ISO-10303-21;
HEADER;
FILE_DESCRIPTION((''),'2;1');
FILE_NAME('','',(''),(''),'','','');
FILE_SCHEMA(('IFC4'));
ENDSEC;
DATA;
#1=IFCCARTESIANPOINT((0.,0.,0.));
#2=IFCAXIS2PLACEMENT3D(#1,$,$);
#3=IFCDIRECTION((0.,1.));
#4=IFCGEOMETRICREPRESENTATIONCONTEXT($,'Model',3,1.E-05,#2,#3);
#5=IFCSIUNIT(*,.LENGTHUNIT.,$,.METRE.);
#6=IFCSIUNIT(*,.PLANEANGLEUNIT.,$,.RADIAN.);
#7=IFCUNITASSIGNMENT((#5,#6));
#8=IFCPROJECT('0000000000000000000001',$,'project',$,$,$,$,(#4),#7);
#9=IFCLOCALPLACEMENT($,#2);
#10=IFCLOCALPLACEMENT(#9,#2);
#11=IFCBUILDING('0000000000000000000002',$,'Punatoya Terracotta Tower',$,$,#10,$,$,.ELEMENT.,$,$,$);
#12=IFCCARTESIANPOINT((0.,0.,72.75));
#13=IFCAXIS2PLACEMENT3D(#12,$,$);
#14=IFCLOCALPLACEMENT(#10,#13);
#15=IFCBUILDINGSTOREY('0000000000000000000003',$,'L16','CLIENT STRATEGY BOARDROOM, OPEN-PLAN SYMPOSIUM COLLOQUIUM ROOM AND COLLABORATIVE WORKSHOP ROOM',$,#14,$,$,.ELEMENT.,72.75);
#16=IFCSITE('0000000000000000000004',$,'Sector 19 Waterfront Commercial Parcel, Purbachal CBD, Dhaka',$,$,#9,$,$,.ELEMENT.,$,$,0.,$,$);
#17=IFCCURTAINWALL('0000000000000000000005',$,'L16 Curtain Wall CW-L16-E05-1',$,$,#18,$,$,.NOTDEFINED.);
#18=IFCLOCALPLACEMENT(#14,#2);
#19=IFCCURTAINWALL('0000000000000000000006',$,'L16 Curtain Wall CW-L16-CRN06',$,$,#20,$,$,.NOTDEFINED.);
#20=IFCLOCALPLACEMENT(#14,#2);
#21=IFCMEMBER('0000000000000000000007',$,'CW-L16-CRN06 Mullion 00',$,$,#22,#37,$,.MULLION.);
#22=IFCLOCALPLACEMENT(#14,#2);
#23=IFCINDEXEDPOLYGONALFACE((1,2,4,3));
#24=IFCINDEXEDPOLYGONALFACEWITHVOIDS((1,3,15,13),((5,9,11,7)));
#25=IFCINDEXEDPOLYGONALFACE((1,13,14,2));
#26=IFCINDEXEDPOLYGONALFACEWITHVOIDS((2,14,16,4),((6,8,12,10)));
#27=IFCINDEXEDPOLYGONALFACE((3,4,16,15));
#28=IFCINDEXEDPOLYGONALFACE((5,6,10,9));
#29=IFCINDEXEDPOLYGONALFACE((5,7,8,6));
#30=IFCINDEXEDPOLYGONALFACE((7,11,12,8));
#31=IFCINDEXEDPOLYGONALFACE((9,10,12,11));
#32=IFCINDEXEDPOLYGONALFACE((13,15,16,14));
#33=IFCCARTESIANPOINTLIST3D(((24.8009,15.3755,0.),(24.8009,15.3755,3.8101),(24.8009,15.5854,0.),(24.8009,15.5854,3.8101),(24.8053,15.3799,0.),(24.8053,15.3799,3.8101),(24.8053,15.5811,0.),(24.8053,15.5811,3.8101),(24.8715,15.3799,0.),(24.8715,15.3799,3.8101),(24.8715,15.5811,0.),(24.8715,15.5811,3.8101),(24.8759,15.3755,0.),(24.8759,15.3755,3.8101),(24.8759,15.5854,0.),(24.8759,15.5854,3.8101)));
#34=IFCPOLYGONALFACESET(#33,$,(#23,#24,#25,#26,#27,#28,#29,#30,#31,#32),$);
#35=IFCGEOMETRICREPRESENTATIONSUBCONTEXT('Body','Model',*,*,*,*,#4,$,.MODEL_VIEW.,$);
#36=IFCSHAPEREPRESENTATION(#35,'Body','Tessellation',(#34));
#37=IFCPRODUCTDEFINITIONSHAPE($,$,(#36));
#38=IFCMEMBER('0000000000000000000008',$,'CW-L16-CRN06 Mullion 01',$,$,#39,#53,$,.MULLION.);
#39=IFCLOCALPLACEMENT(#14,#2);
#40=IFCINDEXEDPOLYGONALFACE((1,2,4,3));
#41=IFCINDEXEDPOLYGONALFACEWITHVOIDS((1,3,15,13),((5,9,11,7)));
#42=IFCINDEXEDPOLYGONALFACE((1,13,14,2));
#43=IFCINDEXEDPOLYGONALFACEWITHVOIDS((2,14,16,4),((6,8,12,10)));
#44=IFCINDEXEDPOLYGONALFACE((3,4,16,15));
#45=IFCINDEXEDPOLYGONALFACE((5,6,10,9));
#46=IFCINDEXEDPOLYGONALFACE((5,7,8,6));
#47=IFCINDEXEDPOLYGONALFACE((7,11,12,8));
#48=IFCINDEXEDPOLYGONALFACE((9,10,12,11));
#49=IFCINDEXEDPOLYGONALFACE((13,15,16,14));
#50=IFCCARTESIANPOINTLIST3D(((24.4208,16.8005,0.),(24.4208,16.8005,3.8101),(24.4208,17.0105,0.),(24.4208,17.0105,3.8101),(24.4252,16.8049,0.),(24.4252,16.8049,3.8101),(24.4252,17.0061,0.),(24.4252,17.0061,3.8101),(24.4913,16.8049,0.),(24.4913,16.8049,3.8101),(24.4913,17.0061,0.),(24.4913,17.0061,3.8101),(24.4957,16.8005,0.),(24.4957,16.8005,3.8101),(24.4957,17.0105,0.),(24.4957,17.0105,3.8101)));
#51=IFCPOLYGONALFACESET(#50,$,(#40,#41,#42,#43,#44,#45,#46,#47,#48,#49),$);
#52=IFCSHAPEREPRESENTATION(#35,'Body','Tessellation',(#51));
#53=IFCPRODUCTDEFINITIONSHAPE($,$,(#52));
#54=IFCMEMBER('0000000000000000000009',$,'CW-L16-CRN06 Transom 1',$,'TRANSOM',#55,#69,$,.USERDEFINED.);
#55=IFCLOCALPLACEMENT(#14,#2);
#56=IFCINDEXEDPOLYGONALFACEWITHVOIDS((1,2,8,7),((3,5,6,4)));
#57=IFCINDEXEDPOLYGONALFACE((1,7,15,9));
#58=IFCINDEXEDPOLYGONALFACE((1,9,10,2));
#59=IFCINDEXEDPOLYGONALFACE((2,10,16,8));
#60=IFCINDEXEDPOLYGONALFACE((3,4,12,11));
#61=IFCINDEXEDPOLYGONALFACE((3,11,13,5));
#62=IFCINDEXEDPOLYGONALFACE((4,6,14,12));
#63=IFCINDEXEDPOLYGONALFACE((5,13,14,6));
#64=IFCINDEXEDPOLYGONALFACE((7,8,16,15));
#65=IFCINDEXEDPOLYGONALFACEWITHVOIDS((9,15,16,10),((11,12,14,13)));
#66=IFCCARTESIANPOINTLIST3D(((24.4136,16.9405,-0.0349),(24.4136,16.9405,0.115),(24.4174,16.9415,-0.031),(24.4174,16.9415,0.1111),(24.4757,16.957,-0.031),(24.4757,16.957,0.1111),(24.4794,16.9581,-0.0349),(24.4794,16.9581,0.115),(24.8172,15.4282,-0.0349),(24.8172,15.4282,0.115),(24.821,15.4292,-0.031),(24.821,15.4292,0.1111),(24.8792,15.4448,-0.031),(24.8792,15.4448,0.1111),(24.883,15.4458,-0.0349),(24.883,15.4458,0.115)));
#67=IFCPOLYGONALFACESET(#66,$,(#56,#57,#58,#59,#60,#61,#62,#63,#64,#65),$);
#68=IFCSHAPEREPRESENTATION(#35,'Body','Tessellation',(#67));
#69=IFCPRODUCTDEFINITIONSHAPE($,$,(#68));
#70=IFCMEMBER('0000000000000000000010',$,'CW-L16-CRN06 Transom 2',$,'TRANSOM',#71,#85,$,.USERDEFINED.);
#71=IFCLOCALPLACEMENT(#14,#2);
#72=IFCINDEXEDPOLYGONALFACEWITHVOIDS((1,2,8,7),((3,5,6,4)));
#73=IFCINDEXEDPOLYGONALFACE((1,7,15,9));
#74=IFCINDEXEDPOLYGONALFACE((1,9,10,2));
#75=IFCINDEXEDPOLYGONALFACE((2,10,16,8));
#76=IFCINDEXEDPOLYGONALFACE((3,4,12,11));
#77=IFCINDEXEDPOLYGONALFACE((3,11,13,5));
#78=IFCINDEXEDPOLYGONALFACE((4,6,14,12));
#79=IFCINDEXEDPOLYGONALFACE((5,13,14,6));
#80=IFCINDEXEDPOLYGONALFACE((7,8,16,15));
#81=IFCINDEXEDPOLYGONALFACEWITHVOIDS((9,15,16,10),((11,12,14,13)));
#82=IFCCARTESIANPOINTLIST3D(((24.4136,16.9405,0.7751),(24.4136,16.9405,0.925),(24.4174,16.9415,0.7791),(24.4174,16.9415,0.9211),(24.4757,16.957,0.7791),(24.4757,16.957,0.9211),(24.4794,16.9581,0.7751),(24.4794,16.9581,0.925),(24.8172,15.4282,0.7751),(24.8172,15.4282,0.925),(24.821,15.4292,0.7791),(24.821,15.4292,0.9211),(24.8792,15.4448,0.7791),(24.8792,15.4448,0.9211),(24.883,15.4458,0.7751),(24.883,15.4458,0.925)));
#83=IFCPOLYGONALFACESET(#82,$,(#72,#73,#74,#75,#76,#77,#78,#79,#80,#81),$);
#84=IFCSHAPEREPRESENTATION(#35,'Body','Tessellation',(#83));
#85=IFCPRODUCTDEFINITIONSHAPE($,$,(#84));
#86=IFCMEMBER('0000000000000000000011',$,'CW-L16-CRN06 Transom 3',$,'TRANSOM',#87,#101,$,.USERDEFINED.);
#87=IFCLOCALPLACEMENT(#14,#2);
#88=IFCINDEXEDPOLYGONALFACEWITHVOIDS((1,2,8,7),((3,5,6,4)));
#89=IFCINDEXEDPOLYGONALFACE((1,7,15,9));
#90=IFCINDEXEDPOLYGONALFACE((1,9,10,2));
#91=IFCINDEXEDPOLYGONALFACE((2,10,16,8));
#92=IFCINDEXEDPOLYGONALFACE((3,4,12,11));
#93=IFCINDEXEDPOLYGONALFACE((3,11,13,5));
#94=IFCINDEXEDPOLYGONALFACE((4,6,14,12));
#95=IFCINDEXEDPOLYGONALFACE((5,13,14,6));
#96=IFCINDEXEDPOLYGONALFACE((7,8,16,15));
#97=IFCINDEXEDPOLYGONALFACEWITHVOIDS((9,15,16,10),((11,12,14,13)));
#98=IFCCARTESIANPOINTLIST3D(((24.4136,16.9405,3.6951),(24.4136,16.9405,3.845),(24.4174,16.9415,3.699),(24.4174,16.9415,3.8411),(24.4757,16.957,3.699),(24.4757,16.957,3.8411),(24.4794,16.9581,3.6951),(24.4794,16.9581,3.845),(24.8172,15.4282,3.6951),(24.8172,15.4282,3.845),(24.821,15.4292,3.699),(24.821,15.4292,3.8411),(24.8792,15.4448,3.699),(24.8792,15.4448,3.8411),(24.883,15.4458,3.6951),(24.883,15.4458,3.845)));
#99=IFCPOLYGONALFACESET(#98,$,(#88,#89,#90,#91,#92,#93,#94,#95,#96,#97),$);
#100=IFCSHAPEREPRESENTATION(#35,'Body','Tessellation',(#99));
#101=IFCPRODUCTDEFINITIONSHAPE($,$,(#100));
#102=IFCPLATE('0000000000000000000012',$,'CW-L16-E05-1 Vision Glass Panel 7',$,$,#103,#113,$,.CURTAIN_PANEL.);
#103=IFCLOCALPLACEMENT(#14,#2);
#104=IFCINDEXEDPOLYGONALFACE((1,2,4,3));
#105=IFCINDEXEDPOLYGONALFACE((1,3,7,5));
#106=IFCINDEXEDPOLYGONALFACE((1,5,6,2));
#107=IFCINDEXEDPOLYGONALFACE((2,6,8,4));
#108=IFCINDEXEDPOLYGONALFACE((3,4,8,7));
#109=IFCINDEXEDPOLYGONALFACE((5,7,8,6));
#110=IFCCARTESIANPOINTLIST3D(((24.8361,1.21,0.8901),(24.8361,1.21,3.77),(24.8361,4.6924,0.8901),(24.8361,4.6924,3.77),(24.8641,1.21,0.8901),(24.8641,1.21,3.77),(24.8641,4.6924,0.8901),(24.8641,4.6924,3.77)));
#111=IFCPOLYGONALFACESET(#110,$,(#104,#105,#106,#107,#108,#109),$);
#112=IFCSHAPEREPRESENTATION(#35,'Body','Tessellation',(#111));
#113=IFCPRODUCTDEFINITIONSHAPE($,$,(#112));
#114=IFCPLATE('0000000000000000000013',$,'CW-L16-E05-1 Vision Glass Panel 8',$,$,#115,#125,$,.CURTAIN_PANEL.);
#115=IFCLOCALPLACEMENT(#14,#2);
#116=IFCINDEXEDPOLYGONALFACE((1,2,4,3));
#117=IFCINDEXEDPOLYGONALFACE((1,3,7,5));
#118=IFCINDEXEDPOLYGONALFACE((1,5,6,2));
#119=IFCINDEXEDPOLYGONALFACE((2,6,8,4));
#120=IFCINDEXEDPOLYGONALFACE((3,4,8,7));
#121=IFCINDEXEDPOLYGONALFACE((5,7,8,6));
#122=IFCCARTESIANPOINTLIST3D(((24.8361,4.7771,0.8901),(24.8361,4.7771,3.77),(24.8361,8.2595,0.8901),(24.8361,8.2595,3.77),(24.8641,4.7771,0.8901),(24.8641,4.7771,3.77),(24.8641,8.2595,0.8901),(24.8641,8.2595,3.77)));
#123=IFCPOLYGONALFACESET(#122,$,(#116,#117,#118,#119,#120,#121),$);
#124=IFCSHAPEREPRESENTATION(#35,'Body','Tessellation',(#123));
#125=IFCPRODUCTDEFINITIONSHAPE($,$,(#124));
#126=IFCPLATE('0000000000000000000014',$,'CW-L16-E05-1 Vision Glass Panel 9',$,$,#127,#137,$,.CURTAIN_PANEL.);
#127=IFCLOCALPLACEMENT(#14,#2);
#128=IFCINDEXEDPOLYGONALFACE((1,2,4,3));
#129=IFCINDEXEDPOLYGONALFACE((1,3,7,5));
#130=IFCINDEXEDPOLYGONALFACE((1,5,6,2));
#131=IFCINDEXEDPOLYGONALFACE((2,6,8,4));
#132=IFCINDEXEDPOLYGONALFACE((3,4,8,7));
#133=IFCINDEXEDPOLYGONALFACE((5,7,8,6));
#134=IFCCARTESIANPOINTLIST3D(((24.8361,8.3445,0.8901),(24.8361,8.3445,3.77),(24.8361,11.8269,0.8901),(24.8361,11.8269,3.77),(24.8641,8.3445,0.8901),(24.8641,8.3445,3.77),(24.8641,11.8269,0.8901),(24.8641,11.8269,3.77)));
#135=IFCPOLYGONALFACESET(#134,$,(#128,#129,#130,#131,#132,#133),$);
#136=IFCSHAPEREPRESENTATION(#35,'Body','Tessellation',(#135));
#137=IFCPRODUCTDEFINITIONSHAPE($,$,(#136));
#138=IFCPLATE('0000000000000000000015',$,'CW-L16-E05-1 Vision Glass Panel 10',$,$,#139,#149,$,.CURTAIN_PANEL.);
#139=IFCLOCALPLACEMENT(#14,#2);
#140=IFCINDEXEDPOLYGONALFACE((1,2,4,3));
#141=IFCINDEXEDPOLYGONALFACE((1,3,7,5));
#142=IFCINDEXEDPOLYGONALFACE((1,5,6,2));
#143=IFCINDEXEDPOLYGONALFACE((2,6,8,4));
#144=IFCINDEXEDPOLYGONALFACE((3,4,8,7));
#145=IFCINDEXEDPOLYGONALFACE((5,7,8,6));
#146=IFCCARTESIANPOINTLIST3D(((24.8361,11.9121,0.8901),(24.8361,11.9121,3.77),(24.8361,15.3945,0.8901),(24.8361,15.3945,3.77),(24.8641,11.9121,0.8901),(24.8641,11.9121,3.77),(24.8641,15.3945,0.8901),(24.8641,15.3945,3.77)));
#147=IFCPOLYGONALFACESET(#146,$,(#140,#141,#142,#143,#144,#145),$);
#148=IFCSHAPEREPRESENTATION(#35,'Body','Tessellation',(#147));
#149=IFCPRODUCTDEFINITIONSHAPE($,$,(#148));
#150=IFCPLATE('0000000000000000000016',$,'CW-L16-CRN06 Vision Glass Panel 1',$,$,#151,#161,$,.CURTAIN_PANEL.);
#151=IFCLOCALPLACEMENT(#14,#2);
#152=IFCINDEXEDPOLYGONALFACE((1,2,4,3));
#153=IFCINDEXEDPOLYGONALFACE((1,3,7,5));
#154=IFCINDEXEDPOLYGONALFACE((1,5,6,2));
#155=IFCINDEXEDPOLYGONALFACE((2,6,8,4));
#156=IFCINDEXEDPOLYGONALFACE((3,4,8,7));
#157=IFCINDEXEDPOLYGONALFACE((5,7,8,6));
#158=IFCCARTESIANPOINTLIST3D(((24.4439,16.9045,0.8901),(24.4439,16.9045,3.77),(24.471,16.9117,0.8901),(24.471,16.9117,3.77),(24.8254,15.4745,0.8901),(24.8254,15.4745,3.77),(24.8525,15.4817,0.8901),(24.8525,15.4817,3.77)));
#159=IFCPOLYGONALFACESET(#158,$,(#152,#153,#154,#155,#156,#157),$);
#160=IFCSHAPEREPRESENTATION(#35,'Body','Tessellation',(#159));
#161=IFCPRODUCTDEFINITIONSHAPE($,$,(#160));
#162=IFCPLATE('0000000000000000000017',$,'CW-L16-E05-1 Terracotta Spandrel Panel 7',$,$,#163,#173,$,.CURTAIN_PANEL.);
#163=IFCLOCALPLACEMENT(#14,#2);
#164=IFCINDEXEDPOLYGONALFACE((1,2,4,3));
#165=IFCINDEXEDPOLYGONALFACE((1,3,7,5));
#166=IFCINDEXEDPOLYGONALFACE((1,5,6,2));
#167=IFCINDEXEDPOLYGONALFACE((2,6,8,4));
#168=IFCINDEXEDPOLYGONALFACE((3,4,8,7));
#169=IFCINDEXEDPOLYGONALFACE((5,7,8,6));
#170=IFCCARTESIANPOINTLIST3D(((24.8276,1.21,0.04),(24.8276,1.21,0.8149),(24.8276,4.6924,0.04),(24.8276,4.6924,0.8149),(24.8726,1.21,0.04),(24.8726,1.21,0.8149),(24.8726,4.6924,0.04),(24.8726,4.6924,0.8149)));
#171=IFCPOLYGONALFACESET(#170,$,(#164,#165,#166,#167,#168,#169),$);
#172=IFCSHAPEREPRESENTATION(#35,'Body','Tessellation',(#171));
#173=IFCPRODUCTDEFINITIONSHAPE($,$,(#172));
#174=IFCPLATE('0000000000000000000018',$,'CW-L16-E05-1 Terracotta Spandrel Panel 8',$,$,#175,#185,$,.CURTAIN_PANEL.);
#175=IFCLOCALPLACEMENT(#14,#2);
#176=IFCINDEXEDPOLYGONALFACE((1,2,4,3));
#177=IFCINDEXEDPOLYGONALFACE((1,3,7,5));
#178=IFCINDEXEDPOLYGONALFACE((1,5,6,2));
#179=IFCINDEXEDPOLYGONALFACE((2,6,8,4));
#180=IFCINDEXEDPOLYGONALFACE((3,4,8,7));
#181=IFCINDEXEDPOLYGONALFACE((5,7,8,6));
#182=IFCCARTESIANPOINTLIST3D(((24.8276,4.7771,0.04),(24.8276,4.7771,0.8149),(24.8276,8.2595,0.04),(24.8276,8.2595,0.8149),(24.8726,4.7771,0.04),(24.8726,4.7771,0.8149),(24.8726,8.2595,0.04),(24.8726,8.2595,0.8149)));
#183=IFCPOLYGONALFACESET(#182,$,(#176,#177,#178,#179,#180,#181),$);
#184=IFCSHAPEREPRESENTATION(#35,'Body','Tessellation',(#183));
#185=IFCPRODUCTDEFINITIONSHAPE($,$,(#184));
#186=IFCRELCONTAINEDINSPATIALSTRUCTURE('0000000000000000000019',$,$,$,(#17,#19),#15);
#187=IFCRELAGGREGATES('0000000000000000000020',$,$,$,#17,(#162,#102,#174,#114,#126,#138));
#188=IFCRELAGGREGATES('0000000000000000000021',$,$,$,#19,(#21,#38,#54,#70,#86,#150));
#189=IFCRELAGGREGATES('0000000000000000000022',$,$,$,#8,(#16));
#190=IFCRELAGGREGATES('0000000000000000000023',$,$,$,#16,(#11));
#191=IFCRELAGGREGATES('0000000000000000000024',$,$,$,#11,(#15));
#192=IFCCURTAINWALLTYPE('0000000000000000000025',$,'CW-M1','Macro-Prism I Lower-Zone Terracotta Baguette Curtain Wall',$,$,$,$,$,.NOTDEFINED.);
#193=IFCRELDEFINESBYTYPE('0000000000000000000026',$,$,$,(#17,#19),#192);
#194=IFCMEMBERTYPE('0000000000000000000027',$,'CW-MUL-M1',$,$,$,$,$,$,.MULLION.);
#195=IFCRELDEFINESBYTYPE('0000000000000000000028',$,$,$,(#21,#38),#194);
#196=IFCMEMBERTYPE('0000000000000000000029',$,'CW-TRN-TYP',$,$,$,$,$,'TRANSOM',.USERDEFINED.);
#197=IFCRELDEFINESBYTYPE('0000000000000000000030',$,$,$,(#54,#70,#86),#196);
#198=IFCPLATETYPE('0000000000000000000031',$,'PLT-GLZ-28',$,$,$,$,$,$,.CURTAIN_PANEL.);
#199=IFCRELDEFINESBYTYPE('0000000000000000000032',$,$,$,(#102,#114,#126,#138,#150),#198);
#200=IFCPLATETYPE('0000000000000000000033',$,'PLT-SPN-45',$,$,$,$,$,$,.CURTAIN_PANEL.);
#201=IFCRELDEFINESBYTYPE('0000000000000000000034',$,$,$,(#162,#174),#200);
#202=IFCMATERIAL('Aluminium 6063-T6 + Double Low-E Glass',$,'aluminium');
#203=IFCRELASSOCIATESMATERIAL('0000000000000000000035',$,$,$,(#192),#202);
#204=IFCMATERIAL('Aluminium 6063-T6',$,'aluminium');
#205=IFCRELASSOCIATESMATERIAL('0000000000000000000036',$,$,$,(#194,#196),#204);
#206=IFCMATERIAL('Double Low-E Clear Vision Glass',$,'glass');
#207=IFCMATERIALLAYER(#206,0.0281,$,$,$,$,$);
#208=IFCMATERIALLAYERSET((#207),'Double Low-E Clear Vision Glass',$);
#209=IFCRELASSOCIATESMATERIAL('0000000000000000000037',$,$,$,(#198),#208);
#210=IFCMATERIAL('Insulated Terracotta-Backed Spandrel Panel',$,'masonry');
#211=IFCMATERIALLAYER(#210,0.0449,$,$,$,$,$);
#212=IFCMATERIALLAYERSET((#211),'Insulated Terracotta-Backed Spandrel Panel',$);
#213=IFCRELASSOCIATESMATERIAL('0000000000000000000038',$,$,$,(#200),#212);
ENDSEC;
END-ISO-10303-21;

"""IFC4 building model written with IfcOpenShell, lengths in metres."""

from ifc_helpers import new_model, si_unit, direction, frame, origin, origin_2d, place, context, subcontext, project, spatial, rectangle, hollow_rectangle, extrude, material, layer, layer_set, material_profile, profile_set, type_object, element, aggregate, save


model = new_model("IFC4")

# Units and contexts
model_context = context("Model", 3, precision=1e-05, world=origin(), true_north=direction((0.0, 1.0)))
body_context = subcontext(model_context, "Body", "Model", "MODEL_VIEW")
ifc_project = project(units=[si_unit("LENGTHUNIT", "METRE"), si_unit("PLANEANGLEUNIT", "RADIAN")], contexts=[model_context])

# Site, building, storey
site_placement = place(None, origin())
site = spatial("IfcSite", under=ifc_project, at=site_placement, Name="Sector 19 Waterfront Commercial Parcel, Purbachal CBD, Dhaka", CompositionType="ELEMENT", RefElevation=0.0)
building_placement = place(site_placement, origin())
building = spatial("IfcBuilding", under=site, at=building_placement, Name="Punatoya Terracotta Tower", CompositionType="ELEMENT")
storey_placement = place(building_placement, frame((0.0, 0.0, 72.75)))
storey = spatial("IfcBuildingStorey", under=building, at=storey_placement, Name="L16", Description="CLIENT STRATEGY BOARDROOM, OPEN-PLAN SYMPOSIUM COLLOQUIUM ROOM AND COLLABORATIVE WORKSHOP ROOM", CompositionType="ELEMENT", Elevation=72.75)

# Curtain walls, members
ifc_material_1 = material(Name="Aluminium 6063-T6 + Double Low-E Glass", Category="aluminium")
curtain_wall_type = type_object("IfcCurtainWallType", Name="CW-M1", Description="Macro-Prism I Lower-Zone Terracotta Baguette Curtain Wall", PredefinedType="NOTDEFINED", material=ifc_material_1)
curtain_wall_1_placement = place(storey_placement, origin())
curtain_wall_1 = element("IfcCurtainWall", 1, at=curtain_wall_1_placement, inside=storey, type_object=curtain_wall_type, Name="L16 Curtain Wall CW-L16-E05-1", PredefinedType="NOTDEFINED")
ifc_material_2 = material(Name="Aluminium 6063-T6", Category="aluminium")
ifc_material_profile_1 = material_profile(ifc_material_2, hollow_rectangle(XDim=0.075, YDim=0.21, WallThickness=0.0044, at=origin_2d()))
ifc_profile_set_1 = profile_set([ifc_material_profile_1], Name="Aluminium 6063-T6")
member_type_1 = type_object("IfcMemberType", Name="CW-MUL-M1", PredefinedType="MULLION", material=ifc_profile_set_1)
curtain_wall_2_placement = place(storey_placement, origin())
curtain_wall_2 = element("IfcCurtainWall", 2, at=curtain_wall_2_placement, inside=storey, type_object=curtain_wall_type, Name="L16 Curtain Wall CW-L16-CRN06", PredefinedType="NOTDEFINED")
member_1_placement = place(storey_placement, frame((24.8384, 15.4805, 0.0), z_axis=(0.0, 0.0, 1.0), x_axis=(1.0, 0.0, 0.0)))
member_1 = element("IfcMember", 3, at=member_1_placement, type_object=member_type_1, Name="CW-L16-CRN06 Mullion 00", PredefinedType="MULLION", context=body_context, shape_type="SweptSolid", body=[
    extrude(hollow_rectangle(XDim=0.075, YDim=0.21, WallThickness=0.0044, at=origin_2d()), origin(), (0.0, 0.0, 1.0), 3.8101),
])
member_2_placement = place(storey_placement, frame((24.4583, 16.9055, 0.0), z_axis=(0.0, 0.0, 1.0), x_axis=(1.0, 0.0, 0.0)))
member_2 = element("IfcMember", 4, at=member_2_placement, type_object=member_type_1, Name="CW-L16-CRN06 Mullion 01", PredefinedType="MULLION", context=body_context, shape_type="SweptSolid", body=[
    extrude(hollow_rectangle(XDim=0.075, YDim=0.21, WallThickness=0.0044, at=origin_2d()), origin(), (0.0, 0.0, 1.0), 3.8101),
])
ifc_material_profile_2 = material_profile(ifc_material_2, hollow_rectangle(XDim=0.0681, YDim=0.1499, WallThickness=0.0039, at=origin_2d()))
ifc_profile_set_2 = profile_set([ifc_material_profile_2], Name="Aluminium 6063-T6")
member_type_2 = type_object("IfcMemberType", Name="CW-TRN-TYP", ElementType="TRANSOM", PredefinedType="USERDEFINED", material=ifc_profile_set_2)
member_3_placement = place(storey_placement, frame((24.8501, 15.437, 0.04), z_axis=(-0.257847, 0.966186, 0.0), x_axis=(-0.966186, -0.257847, 0.0)))
member_3 = element("IfcMember", 5, at=member_3_placement, type_object=member_type_2, Name="CW-L16-CRN06 Transom 1", ObjectType="TRANSOM", PredefinedType="USERDEFINED", context=body_context, shape_type="SweptSolid", body=[
    extrude(hollow_rectangle(XDim=0.0681, YDim=0.1499, WallThickness=0.0039, at=origin_2d()), origin(), (0.0, 0.0, 1.0), 1.5652),
])
member_4_placement = place(storey_placement, frame((24.8501, 15.437, 0.8501), z_axis=(-0.257847, 0.966186, 0.0), x_axis=(-0.966186, -0.257847, 0.0)))
member_4 = element("IfcMember", 6, at=member_4_placement, type_object=member_type_2, Name="CW-L16-CRN06 Transom 2", ObjectType="TRANSOM", PredefinedType="USERDEFINED", context=body_context, shape_type="SweptSolid", body=[
    extrude(hollow_rectangle(XDim=0.0681, YDim=0.1499, WallThickness=0.0039, at=origin_2d()), origin(), (0.0, 0.0, 1.0), 1.5652),
])
member_5_placement = place(storey_placement, frame((24.8501, 15.437, 3.77), z_axis=(-0.257847, 0.966186, 0.0), x_axis=(-0.966186, -0.257847, 0.0)))
member_5 = element("IfcMember", 7, at=member_5_placement, type_object=member_type_2, Name="CW-L16-CRN06 Transom 3", ObjectType="TRANSOM", PredefinedType="USERDEFINED", context=body_context, shape_type="SweptSolid", body=[
    extrude(hollow_rectangle(XDim=0.0681, YDim=0.1499, WallThickness=0.0039, at=origin_2d()), origin(), (0.0, 0.0, 1.0), 1.5652),
])

# Plates
ifc_material_3 = material(Name="Double Low-E Clear Vision Glass", Category="glass")
ifc_layer_1 = layer(ifc_material_3, 0.0281)
ifc_layer_set_1 = layer_set([ifc_layer_1], Name="Double Low-E Clear Vision Glass")
plate_type_1 = type_object("IfcPlateType", Name="PLT-GLZ-28", PredefinedType="CURTAIN_PANEL", material=ifc_layer_set_1)
plate_1_placement = place(storey_placement, frame((24.8501, 2.9512, 0.8901), z_axis=(0.0, 0.0, 1.0), x_axis=(0.0, 1.0, 0.0)))
plate_1 = element("IfcPlate", 8, at=plate_1_placement, type_object=plate_type_1, Name="CW-L16-E05-1 Vision Glass Panel 7", PredefinedType="CURTAIN_PANEL", context=body_context, shape_type="SweptSolid", body=[
    extrude(rectangle(XDim=3.4824, YDim=0.0281, at=origin_2d()), origin(), (0.0, 0.0, 1.0), 2.8799),
])
plate_2_placement = place(storey_placement, frame((24.8501, 6.5183, 0.8901), z_axis=(0.0, 0.0, 1.0), x_axis=(0.0, 1.0, 0.0)))
plate_2 = element("IfcPlate", 9, at=plate_2_placement, type_object=plate_type_1, Name="CW-L16-E05-1 Vision Glass Panel 8", PredefinedType="CURTAIN_PANEL", context=body_context, shape_type="SweptSolid", body=[
    extrude(rectangle(XDim=3.4824, YDim=0.0281, at=origin_2d()), origin(), (0.0, 0.0, 1.0), 2.8799),
])
plate_3_placement = place(storey_placement, frame((24.8501, 10.0857, 0.8901), z_axis=(0.0, 0.0, 1.0), x_axis=(0.0, 1.0, 0.0)))
plate_3 = element("IfcPlate", 10, at=plate_3_placement, type_object=plate_type_1, Name="CW-L16-E05-1 Vision Glass Panel 9", PredefinedType="CURTAIN_PANEL", context=body_context, shape_type="SweptSolid", body=[
    extrude(rectangle(XDim=3.4824, YDim=0.0281, at=origin_2d()), origin(), (0.0, 0.0, 1.0), 2.8799),
])
plate_4_placement = place(storey_placement, frame((24.8501, 13.6533, 0.8901), z_axis=(0.0, 0.0, 1.0), x_axis=(0.0, 1.0, 0.0)))
plate_4 = element("IfcPlate", 11, at=plate_4_placement, type_object=plate_type_1, Name="CW-L16-E05-1 Vision Glass Panel 10", PredefinedType="CURTAIN_PANEL", context=body_context, shape_type="SweptSolid", body=[
    extrude(rectangle(XDim=3.4824, YDim=0.0281, at=origin_2d()), origin(), (0.0, 0.0, 1.0), 2.8799),
])
plate_5_placement = place(storey_placement, frame((24.6482, 16.1931, 0.8901), z_axis=(0.0, 0.0, 1.0), x_axis=(-0.257742, 0.966214, 0.0)))
plate_5 = element("IfcPlate", 12, at=plate_5_placement, type_object=plate_type_1, Name="CW-L16-CRN06 Vision Glass Panel 1", PredefinedType="CURTAIN_PANEL", context=body_context, shape_type="SweptSolid", body=[
    extrude(rectangle(XDim=1.48, YDim=0.0281, at=origin_2d()), origin(), (0.0, 0.0, 1.0), 2.8799),
])
ifc_material_4 = material(Name="Insulated Terracotta-Backed Spandrel Panel", Category="masonry")
ifc_layer_2 = layer(ifc_material_4, 0.0449)
ifc_layer_set_2 = layer_set([ifc_layer_2], Name="Insulated Terracotta-Backed Spandrel Panel")
plate_type_2 = type_object("IfcPlateType", Name="PLT-SPN-45", PredefinedType="CURTAIN_PANEL", material=ifc_layer_set_2)
plate_6_placement = place(storey_placement, frame((24.8501, 2.9512, 0.04), z_axis=(0.0, 0.0, 1.0), x_axis=(0.0, 1.0, 0.0)))
plate_6 = element("IfcPlate", 13, at=plate_6_placement, type_object=plate_type_2, Name="CW-L16-E05-1 Terracotta Spandrel Panel 7", PredefinedType="CURTAIN_PANEL", context=body_context, shape_type="SweptSolid", body=[
    extrude(rectangle(XDim=3.4824, YDim=0.0449, at=origin_2d()), origin(), (0.0, 0.0, 1.0), 0.7749),
])
plate_7_placement = place(storey_placement, frame((24.8501, 6.5183, 0.04), z_axis=(0.0, 0.0, 1.0), x_axis=(0.0, 1.0, 0.0)))
plate_7 = element("IfcPlate", 14, at=plate_7_placement, type_object=plate_type_2, Name="CW-L16-E05-1 Terracotta Spandrel Panel 8", PredefinedType="CURTAIN_PANEL", context=body_context, shape_type="SweptSolid", body=[
    extrude(rectangle(XDim=3.4824, YDim=0.0449, at=origin_2d()), origin(), (0.0, 0.0, 1.0), 0.7749),
])
aggregate(curtain_wall_1, [plate_6, plate_1, plate_7, plate_2, plate_3, plate_4])
aggregate(curtain_wall_2, [member_1, member_2, member_3, member_4, member_5, plate_5])

save(model, "model.ifc")
